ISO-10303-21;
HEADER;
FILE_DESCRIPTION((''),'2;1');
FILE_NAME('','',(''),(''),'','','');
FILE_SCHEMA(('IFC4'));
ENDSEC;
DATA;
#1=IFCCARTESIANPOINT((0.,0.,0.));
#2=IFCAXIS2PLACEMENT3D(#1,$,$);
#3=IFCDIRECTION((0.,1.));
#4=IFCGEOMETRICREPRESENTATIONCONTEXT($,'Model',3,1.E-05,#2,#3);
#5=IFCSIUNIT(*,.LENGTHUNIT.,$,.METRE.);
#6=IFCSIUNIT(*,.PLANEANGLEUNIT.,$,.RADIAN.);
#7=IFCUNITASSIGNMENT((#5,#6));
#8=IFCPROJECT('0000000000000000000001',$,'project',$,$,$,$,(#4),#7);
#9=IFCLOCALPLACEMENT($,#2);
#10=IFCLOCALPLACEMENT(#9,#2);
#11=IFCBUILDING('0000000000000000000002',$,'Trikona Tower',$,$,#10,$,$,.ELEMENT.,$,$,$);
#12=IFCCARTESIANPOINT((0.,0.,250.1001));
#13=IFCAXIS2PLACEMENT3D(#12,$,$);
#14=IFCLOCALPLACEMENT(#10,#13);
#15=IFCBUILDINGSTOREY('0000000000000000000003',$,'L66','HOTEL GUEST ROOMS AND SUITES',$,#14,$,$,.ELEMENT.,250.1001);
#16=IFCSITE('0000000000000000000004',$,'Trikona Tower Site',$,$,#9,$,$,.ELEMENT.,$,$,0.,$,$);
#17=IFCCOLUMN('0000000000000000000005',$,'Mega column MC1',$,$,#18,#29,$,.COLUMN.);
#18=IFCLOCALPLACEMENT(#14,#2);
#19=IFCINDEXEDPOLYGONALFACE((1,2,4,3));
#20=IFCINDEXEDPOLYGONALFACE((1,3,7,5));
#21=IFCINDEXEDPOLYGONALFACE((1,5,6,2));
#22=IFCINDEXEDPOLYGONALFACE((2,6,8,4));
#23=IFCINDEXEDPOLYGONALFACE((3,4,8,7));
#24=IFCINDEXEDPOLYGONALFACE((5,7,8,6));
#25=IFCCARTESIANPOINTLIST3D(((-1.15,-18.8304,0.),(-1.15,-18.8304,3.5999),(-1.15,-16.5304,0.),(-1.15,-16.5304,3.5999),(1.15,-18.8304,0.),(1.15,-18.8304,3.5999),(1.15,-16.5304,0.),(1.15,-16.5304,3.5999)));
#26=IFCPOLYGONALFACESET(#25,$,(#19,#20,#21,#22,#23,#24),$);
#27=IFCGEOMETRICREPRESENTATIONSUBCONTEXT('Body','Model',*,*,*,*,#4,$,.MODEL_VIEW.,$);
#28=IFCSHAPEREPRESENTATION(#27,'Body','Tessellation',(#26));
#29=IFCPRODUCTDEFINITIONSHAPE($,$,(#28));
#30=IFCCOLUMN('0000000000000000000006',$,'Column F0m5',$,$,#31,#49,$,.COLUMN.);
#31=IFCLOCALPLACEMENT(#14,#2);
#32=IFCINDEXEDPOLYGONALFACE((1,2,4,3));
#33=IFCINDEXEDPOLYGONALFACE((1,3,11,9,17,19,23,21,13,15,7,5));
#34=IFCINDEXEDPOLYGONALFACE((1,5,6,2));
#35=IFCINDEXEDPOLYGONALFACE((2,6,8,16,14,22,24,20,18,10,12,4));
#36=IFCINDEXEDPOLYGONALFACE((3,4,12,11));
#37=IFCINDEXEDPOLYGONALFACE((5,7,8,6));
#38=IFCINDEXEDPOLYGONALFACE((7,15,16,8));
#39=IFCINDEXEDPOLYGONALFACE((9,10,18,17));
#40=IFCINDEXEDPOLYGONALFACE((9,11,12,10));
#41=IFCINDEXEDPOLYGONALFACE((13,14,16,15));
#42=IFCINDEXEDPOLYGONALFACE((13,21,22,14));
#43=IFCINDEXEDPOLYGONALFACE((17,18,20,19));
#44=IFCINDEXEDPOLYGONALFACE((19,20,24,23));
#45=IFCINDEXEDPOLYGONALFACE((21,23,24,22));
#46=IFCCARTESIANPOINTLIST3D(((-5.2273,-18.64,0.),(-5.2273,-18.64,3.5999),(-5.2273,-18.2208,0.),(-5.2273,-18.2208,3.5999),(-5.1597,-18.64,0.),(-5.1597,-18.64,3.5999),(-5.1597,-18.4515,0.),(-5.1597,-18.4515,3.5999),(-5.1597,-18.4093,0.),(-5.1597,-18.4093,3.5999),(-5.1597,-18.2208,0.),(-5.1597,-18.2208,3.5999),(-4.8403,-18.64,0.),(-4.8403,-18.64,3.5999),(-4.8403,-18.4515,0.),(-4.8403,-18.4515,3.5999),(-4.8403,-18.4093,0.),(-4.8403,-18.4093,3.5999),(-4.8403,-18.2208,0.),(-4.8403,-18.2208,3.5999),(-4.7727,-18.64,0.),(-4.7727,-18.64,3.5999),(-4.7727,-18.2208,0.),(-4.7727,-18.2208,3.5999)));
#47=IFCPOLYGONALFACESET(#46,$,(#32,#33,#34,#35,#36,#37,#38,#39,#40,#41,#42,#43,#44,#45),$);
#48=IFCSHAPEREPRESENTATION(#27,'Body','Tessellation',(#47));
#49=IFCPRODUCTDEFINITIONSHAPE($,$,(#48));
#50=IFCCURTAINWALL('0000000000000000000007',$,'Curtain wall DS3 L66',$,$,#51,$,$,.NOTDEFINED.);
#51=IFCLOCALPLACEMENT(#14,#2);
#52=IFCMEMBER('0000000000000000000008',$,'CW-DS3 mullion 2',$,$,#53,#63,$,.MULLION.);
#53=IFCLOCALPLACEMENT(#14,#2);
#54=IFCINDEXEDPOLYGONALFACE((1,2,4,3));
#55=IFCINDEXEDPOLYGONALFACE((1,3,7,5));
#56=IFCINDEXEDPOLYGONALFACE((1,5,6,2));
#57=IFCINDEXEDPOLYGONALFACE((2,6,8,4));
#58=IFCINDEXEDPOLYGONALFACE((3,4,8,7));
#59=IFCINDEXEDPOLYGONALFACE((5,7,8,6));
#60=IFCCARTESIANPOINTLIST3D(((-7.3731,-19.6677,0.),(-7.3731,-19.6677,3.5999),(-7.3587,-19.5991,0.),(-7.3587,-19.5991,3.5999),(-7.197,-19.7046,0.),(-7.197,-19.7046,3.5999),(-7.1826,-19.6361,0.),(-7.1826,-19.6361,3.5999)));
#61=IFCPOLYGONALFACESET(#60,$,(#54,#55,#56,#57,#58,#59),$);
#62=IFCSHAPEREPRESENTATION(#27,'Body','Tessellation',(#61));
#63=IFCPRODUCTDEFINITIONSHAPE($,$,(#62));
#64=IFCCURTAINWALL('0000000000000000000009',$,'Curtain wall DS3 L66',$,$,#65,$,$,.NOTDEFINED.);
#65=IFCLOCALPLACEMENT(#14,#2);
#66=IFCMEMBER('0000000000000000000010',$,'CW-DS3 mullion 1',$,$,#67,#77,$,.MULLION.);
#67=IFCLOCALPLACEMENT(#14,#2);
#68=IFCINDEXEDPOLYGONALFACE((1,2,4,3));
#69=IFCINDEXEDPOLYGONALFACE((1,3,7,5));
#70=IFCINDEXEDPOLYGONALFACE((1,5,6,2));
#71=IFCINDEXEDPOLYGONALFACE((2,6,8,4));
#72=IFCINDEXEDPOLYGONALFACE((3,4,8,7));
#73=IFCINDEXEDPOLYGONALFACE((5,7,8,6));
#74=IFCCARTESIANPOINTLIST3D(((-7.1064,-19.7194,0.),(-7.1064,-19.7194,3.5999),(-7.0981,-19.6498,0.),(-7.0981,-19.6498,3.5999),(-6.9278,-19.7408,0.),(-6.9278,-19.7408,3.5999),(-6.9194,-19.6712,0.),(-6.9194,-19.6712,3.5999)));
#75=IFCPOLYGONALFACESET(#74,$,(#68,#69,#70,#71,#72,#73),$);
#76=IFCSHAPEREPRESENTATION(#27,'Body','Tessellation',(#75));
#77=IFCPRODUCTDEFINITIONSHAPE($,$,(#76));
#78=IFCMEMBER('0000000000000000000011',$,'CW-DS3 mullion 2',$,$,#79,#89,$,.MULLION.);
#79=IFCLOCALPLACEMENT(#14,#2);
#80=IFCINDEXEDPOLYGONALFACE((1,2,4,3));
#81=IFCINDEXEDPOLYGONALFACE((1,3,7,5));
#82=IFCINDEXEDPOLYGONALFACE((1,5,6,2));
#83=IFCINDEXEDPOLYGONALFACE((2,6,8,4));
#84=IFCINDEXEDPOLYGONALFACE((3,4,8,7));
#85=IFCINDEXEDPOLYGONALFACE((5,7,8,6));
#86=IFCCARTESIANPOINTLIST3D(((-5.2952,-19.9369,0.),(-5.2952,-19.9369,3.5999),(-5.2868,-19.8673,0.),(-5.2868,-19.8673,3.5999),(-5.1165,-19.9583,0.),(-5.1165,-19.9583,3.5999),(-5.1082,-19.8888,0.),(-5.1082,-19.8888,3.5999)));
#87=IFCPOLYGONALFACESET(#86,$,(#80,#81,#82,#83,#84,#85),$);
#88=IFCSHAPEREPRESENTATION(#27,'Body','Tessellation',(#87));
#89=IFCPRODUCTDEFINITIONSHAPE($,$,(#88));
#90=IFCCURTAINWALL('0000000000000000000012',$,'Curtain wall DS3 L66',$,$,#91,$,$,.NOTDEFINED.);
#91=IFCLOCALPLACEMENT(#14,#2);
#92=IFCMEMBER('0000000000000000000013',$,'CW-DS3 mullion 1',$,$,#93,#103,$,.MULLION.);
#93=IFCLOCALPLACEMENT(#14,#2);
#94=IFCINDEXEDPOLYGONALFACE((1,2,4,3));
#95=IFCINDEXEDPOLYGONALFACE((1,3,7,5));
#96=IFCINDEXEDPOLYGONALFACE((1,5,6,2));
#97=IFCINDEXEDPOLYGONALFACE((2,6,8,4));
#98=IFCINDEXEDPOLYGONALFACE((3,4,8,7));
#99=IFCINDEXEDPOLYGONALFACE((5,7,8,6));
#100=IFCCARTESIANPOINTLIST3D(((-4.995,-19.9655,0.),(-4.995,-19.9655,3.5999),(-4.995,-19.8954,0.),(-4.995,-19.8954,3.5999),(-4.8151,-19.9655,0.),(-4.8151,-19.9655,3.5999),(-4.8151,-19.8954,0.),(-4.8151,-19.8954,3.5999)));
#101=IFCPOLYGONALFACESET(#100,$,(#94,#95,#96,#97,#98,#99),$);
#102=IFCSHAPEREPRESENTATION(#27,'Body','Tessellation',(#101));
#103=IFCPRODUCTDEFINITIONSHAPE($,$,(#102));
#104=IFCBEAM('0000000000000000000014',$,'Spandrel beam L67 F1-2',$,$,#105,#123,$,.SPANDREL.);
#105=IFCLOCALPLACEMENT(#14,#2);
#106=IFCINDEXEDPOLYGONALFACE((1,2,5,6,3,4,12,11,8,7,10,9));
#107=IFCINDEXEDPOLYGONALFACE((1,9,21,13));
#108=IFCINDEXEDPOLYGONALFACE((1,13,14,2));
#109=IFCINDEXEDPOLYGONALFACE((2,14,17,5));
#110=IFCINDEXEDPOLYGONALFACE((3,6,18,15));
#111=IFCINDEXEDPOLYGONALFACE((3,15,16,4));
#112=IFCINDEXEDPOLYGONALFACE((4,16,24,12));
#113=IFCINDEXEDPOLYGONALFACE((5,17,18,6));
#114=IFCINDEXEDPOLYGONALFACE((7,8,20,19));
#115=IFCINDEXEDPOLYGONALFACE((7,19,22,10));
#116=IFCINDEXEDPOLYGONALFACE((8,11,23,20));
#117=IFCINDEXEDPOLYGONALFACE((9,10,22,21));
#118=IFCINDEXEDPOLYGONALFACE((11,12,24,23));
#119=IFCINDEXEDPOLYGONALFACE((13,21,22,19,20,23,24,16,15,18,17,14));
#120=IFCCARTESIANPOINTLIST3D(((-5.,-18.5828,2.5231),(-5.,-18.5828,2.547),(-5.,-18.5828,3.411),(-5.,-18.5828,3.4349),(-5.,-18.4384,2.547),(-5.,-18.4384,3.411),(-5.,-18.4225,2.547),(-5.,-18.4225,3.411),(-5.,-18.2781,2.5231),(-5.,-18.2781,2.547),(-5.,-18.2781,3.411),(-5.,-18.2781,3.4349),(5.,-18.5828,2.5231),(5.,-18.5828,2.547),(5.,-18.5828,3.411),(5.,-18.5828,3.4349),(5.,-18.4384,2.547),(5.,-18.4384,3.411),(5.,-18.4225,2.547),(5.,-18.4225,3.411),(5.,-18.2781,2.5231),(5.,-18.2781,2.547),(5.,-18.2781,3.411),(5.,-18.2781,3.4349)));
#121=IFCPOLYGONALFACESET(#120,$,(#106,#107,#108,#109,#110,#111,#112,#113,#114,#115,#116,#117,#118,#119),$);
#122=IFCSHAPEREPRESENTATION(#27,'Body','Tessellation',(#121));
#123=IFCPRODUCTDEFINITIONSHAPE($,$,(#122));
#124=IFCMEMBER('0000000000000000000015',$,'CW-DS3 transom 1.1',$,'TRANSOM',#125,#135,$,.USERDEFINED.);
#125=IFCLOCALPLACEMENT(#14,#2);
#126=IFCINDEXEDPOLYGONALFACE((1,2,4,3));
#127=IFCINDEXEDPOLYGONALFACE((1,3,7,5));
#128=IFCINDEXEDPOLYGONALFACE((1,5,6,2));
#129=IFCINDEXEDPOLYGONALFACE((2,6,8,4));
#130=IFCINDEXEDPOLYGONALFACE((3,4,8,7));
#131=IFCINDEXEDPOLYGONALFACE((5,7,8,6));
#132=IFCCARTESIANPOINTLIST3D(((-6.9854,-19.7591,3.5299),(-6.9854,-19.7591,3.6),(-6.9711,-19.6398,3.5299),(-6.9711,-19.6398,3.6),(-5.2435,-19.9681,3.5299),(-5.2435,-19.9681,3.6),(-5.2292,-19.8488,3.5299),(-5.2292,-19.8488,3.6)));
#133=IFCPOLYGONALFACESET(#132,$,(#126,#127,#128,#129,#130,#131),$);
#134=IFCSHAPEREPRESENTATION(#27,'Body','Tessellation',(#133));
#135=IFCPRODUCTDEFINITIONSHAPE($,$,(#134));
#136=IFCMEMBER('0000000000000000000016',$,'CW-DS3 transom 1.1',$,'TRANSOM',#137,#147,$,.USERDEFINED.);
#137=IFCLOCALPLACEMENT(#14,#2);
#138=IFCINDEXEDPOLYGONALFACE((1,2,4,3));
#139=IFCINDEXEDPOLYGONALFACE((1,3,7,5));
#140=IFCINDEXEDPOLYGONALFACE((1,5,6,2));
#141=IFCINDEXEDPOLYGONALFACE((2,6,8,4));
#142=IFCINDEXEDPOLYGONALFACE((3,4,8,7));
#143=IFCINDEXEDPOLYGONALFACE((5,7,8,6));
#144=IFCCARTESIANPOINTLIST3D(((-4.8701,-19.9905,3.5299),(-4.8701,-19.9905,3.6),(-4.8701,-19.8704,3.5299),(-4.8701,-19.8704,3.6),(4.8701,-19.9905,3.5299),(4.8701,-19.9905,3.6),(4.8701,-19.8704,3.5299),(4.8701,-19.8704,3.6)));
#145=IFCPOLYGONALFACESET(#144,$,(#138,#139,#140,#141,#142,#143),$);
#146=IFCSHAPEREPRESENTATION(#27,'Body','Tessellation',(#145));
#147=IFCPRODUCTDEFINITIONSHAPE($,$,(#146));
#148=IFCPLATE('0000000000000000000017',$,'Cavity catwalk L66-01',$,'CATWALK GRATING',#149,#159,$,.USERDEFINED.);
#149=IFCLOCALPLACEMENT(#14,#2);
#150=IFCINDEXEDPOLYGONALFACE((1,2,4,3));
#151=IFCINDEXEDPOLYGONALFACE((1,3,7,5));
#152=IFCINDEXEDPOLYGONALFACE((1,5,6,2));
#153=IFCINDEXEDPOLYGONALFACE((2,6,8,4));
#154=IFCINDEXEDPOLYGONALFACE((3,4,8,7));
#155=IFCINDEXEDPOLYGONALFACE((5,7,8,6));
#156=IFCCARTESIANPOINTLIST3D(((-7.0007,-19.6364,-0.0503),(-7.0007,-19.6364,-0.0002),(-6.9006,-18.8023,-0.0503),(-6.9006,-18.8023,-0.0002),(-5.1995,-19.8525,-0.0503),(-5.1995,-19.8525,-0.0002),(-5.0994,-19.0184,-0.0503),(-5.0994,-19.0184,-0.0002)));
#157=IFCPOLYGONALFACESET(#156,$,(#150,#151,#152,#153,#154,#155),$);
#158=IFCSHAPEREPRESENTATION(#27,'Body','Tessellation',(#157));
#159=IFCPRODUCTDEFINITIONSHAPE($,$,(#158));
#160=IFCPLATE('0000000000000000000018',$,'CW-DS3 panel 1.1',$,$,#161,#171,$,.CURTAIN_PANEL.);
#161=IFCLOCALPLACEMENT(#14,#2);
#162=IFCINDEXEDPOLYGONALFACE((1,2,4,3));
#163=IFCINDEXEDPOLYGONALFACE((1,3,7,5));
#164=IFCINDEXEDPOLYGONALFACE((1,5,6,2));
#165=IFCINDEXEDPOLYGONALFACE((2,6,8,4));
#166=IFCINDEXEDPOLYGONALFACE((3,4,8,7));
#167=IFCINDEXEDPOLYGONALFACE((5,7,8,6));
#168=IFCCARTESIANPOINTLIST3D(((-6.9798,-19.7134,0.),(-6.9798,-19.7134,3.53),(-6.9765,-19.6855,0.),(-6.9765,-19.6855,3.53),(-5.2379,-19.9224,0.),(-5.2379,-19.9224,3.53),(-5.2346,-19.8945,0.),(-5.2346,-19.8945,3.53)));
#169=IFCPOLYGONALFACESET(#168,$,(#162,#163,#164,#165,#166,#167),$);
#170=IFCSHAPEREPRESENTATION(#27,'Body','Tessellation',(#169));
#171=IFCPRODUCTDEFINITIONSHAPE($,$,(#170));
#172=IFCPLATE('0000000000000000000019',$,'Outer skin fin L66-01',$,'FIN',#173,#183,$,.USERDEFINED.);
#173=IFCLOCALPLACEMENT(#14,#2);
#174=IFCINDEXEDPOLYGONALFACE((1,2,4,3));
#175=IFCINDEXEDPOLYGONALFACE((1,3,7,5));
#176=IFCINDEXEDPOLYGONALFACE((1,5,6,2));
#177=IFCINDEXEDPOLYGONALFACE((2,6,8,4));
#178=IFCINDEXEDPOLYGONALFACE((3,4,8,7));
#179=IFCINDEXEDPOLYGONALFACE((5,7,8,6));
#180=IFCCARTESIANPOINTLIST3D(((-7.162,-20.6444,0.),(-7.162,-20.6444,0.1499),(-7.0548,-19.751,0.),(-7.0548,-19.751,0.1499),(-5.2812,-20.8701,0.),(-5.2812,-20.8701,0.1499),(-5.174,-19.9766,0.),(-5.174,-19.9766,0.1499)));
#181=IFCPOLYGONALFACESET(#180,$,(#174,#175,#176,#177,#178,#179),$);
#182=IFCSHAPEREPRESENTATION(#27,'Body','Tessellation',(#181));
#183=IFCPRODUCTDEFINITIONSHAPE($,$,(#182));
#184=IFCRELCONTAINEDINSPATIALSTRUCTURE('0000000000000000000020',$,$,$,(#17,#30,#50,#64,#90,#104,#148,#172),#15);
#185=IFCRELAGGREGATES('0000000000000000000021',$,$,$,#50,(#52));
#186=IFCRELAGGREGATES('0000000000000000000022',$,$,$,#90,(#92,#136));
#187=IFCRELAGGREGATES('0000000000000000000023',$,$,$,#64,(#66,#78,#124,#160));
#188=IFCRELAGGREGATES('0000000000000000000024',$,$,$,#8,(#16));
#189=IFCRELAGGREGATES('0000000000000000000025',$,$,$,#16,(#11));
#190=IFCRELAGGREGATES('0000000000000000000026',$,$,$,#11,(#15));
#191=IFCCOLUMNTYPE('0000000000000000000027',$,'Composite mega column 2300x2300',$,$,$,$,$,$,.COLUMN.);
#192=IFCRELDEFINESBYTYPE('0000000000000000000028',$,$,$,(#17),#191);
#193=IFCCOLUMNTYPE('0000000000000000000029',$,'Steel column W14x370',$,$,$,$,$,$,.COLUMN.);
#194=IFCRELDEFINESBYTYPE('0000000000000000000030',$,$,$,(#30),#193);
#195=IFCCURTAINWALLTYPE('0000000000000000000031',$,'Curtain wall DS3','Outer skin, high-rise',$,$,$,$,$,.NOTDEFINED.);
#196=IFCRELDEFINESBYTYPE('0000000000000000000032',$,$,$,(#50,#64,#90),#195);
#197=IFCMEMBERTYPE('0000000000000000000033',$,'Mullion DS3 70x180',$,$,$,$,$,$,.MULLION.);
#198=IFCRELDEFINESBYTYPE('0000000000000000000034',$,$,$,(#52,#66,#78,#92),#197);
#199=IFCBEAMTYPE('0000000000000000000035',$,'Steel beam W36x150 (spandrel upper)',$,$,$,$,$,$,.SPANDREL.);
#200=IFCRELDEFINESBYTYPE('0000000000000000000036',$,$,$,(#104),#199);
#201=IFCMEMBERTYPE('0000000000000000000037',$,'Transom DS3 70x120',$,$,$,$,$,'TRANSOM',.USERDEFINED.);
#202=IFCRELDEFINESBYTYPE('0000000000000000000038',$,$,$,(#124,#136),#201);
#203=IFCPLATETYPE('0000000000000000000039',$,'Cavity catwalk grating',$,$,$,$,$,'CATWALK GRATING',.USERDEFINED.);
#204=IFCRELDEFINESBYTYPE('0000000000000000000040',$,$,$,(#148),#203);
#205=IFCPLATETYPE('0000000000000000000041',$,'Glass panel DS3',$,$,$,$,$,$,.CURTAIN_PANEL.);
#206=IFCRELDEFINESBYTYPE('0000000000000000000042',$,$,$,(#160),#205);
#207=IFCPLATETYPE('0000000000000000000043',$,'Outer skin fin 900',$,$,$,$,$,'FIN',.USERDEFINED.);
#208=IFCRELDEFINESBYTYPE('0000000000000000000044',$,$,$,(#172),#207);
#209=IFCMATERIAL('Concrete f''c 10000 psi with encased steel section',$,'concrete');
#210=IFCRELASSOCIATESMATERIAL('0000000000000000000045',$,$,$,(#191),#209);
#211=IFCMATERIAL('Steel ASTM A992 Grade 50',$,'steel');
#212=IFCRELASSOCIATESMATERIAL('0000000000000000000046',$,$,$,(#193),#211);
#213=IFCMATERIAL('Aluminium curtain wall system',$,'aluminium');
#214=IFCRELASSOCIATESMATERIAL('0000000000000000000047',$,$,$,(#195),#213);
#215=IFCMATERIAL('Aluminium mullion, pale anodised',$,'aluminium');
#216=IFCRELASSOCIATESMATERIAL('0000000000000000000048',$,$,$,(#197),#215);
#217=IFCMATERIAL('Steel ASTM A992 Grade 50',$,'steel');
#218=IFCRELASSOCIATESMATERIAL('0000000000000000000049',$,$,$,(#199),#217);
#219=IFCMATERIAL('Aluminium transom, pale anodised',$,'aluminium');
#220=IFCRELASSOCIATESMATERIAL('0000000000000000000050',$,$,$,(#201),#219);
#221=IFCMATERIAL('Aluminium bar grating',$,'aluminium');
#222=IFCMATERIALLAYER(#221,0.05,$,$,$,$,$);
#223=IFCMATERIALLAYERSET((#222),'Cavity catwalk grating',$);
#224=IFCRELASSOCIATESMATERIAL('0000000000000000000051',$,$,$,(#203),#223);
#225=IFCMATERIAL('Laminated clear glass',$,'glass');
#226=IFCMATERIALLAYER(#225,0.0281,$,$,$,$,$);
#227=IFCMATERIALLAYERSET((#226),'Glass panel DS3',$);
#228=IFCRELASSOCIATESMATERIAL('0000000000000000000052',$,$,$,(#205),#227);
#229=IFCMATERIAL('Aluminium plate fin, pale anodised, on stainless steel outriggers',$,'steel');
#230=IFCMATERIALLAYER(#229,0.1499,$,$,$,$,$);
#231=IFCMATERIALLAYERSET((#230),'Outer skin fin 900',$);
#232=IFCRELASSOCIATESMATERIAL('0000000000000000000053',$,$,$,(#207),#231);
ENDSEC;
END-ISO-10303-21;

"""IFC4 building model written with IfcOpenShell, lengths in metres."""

from ifc_helpers import new_model, si_unit, direction, frame, origin, origin_2d, place, context, subcontext, project, spatial, rectangle, i_section, extrude, material, layer, layer_set, material_profile, profile_set, type_object, element, aggregate, save


model = new_model("IFC4")

# Units and contexts
model_context = context("Model", 3, precision=1e-05, world=origin(), true_north=direction((0.0, 1.0)))
body_context = subcontext(model_context, "Body", "Model", "MODEL_VIEW")
ifc_project = project(units=[si_unit("LENGTHUNIT", "METRE"), si_unit("PLANEANGLEUNIT", "RADIAN")], contexts=[model_context])

# Site, building, storey
site_placement = place(None, origin())
site = spatial("IfcSite", under=ifc_project, at=site_placement, Name="Trikona Tower Site", CompositionType="ELEMENT", RefElevation=0.0)
building_placement = place(site_placement, origin())
building = spatial("IfcBuilding", under=site, at=building_placement, Name="Trikona Tower", CompositionType="ELEMENT")
storey_placement = place(building_placement, frame((0.0, 0.0, 250.1001)))
storey = spatial("IfcBuildingStorey", under=building, at=storey_placement, Name="L66", Description="HOTEL GUEST ROOMS AND SUITES", CompositionType="ELEMENT", Elevation=250.1001)

# Columns
ifc_material_1 = material(Name="Concrete f'c 10000 psi with encased steel section", Category="concrete")
ifc_material_profile_1 = material_profile(ifc_material_1, rectangle(XDim=2.3, YDim=2.3, at=origin_2d()), Name="MC2300")
ifc_profile_set_1 = profile_set([ifc_material_profile_1], Name="Concrete f'c 10000 psi with encased steel section")
column_type_1 = type_object("IfcColumnType", Name="Composite mega column 2300x2300", PredefinedType="COLUMN", material=ifc_profile_set_1)
column_1_placement = place(storey_placement, frame((0.0, -17.6804, 0.0), z_axis=(0.0, 0.0, 1.0), x_axis=(0.0, -1.0, 0.0)))
element("IfcColumn", 1, at=column_1_placement, inside=storey, type_object=column_type_1, Name="Mega column MC1", PredefinedType="COLUMN", context=body_context, shape_type="SweptSolid", body=[
    extrude(rectangle(XDim=2.3, YDim=2.3, at=origin_2d()), origin(), (0.0, 0.0, 1.0), 3.5999),
])
ifc_material_2 = material(Name="Steel ASTM A992 Grade 50", Category="steel")
ifc_material_profile_2 = material_profile(ifc_material_2, i_section(OverallWidth=0.4192, OverallDepth=0.4546, WebThickness=0.0422, FlangeThickness=0.0676, at=origin_2d()), Name="W14X370")
ifc_profile_set_2 = profile_set([ifc_material_profile_2], Name="Steel ASTM A992 Grade 50")
column_type_2 = type_object("IfcColumnType", Name="Steel column W14x370", PredefinedType="COLUMN", material=ifc_profile_set_2)
column_2_placement = place(storey_placement, frame((-5.0, -18.4304, 0.0), z_axis=(0.0, 0.0, 1.0), x_axis=(0.0, -1.0, 0.0)))
element("IfcColumn", 2, at=column_2_placement, inside=storey, type_object=column_type_2, Name="Column F0m5", PredefinedType="COLUMN", context=body_context, shape_type="SweptSolid", body=[
    extrude(i_section(OverallWidth=0.4192, OverallDepth=0.4546, WebThickness=0.0422, FlangeThickness=0.0676, at=origin_2d()), origin(), (0.0, 0.0, 1.0), 3.5999),
])

# Curtain wall, member
ifc_material_3 = material(Name="Aluminium curtain wall system", Category="aluminium")
curtain_wall_type = type_object("IfcCurtainWallType", Name="Curtain wall DS3", Description="Outer skin, high-rise", PredefinedType="NOTDEFINED", material=ifc_material_3)
curtain_wall_1_placement = place(storey_placement, origin())
curtain_wall_1 = element("IfcCurtainWall", 3, at=curtain_wall_1_placement, inside=storey, type_object=curtain_wall_type, Name="Curtain wall DS3 L66", PredefinedType="NOTDEFINED")
ifc_material_4 = material(Name="Aluminium mullion, pale anodised", Category="aluminium")
ifc_material_profile_3 = material_profile(ifc_material_4, rectangle(XDim=0.0701, YDim=0.1799, at=origin_2d()), Name="MUL-DS3")
ifc_profile_set_3 = profile_set([ifc_material_profile_3], Name="Aluminium mullion, pale anodised")
member_type_1 = type_object("IfcMemberType", Name="Mullion DS3 70x180", PredefinedType="MULLION", material=ifc_profile_set_3)
member_1_placement = place(storey_placement, frame((-7.2778, -19.6519, 0.0), z_axis=(0.0, 0.0, 1.0), x_axis=(0.205527, 0.978651, 0.0)))
member_1 = element("IfcMember", 4, at=member_1_placement, type_object=member_type_1, Name="CW-DS3 mullion 2", PredefinedType="MULLION", context=body_context, shape_type="SweptSolid", body=[
    extrude(rectangle(XDim=0.0701, YDim=0.1799, at=origin_2d()), origin(), (0.0, 0.0, 1.0), 3.5999),
])
aggregate(curtain_wall_1, [member_1])

# Curtain wall, members
curtain_wall_2_placement = place(storey_placement, origin())
curtain_wall_2 = element("IfcCurtainWall", 5, at=curtain_wall_2_placement, inside=storey, type_object=curtain_wall_type, Name="Curtain wall DS3 L66", PredefinedType="NOTDEFINED")
member_2_placement = place(storey_placement, frame((-7.0129, -19.6953, 0.0), z_axis=(0.0, 0.0, 1.0), x_axis=(0.119141, 0.992877, 0.0)))
member_2 = element("IfcMember", 6, at=member_2_placement, type_object=member_type_1, Name="CW-DS3 mullion 1", PredefinedType="MULLION", context=body_context, shape_type="SweptSolid", body=[
    extrude(rectangle(XDim=0.0701, YDim=0.1799, at=origin_2d()), origin(), (0.0, 0.0, 1.0), 3.5999),
])
member_3_placement = place(storey_placement, frame((-5.2017, -19.9128, 0.0), z_axis=(0.0, 0.0, 1.0), x_axis=(0.119141, 0.992877, 0.0)))
member_3 = element("IfcMember", 7, at=member_3_placement, type_object=member_type_1, Name="CW-DS3 mullion 2", PredefinedType="MULLION", context=body_context, shape_type="SweptSolid", body=[
    extrude(rectangle(XDim=0.0701, YDim=0.1799, at=origin_2d()), origin(), (0.0, 0.0, 1.0), 3.5999),
])

# Curtain wall, member
curtain_wall_3_placement = place(storey_placement, origin())
curtain_wall_3 = element("IfcCurtainWall", 8, at=curtain_wall_3_placement, inside=storey, type_object=curtain_wall_type, Name="Curtain wall DS3 L66", PredefinedType="NOTDEFINED")
member_4_placement = place(storey_placement, frame((-4.905, -19.9304, 0.0), z_axis=(0.0, 0.0, 1.0), x_axis=(0.0, 1.0, 0.0)))
member_4 = element("IfcMember", 9, at=member_4_placement, type_object=member_type_1, Name="CW-DS3 mullion 1", PredefinedType="MULLION", context=body_context, shape_type="SweptSolid", body=[
    extrude(rectangle(XDim=0.0701, YDim=0.1799, at=origin_2d()), origin(), (0.0, 0.0, 1.0), 3.5999),
])

# Beam
ifc_material_5 = material(Name="Steel ASTM A992 Grade 50", Category="steel")
ifc_material_profile_4 = material_profile(ifc_material_5, i_section(OverallWidth=0.3047, OverallDepth=0.9119, WebThickness=0.0159, FlangeThickness=0.0239, at=origin_2d()), Name="W36X150")
ifc_profile_set_4 = profile_set([ifc_material_profile_4], Name="Steel ASTM A992 Grade 50")
beam_type = type_object("IfcBeamType", Name="Steel beam W36x150 (spandrel upper)", PredefinedType="SPANDREL", material=ifc_profile_set_4)
beam_placement = place(storey_placement, frame((-5.0, -18.4304, 2.979), z_axis=(1.0, 0.0, 0.0), x_axis=(0.0, 1.0, 0.0)))
element("IfcBeam", 10, at=beam_placement, inside=storey, type_object=beam_type, Name="Spandrel beam L67 F1-2", PredefinedType="SPANDREL", context=body_context, shape_type="SweptSolid", body=[
    extrude(i_section(OverallWidth=0.3047, OverallDepth=0.9119, WebThickness=0.0159, FlangeThickness=0.0239, at=origin_2d()), origin(), (0.0, 0.0, 1.0), 10.0),
])

# Members
ifc_material_6 = material(Name="Aluminium transom, pale anodised", Category="aluminium")
ifc_material_profile_5 = material_profile(ifc_material_6, rectangle(XDim=0.1201, YDim=0.0701, at=origin_2d()), Name="TRN-DS3")
ifc_profile_set_5 = profile_set([ifc_material_profile_5], Name="Aluminium transom, pale anodised")
member_type_2 = type_object("IfcMemberType", Name="Transom DS3 70x120", ElementType="TRANSOM", PredefinedType="USERDEFINED", material=ifc_profile_set_5)
member_5_placement = place(storey_placement, frame((-6.9783, -19.6995, 3.5649), z_axis=(0.99288, -0.119118, 0.0), x_axis=(0.119118, 0.99288, 0.0)))
member_5 = element("IfcMember", 11, at=member_5_placement, type_object=member_type_2, Name="CW-DS3 transom 1.1", ObjectType="TRANSOM", PredefinedType="USERDEFINED", context=body_context, shape_type="SweptSolid", body=[
    extrude(rectangle(XDim=0.1201, YDim=0.0701, at=origin_2d()), origin(), (0.0, 0.0, 1.0), 1.7544),
])
member_6_placement = place(storey_placement, frame((-4.8701, -19.9304, 3.5649), z_axis=(1.0, 0.0, 0.0), x_axis=(0.0, 1.0, 0.0)))
member_6 = element("IfcMember", 12, at=member_6_placement, type_object=member_type_2, Name="CW-DS3 transom 1.1", ObjectType="TRANSOM", PredefinedType="USERDEFINED", context=body_context, shape_type="SweptSolid", body=[
    extrude(rectangle(XDim=0.1201, YDim=0.0701, at=origin_2d()), origin(), (0.0, 0.0, 1.0), 9.7402),
])
aggregate(curtain_wall_3, [member_4, member_6])

# Plates
ifc_material_7 = material(Name="Aluminium bar grating", Category="aluminium")
ifc_layer_1 = layer(ifc_material_7, 0.05)
ifc_layer_set_1 = layer_set([ifc_layer_1], Name="Cavity catwalk grating")
plate_type_1 = type_object("IfcPlateType", Name="Cavity catwalk grating", ElementType="CATWALK GRATING", PredefinedType="USERDEFINED", material=ifc_layer_set_1)
plate_1_placement = place(storey_placement, frame((-6.05, -19.3274, -0.0503), z_axis=(0.0, 0.0, 1.0), x_axis=(0.992877, -0.119146, 0.0)))
element("IfcPlate", 13, at=plate_1_placement, inside=storey, type_object=plate_type_1, Name="Cavity catwalk L66-01", ObjectType="CATWALK GRATING", PredefinedType="USERDEFINED", context=body_context, shape_type="SweptSolid", body=[
    extrude(rectangle(XDim=1.8142, YDim=0.8401, at=origin_2d()), origin(), (0.0, 0.0, 1.0), 0.05),
])
ifc_material_8 = material(Name="Laminated clear glass", Category="glass")
ifc_layer_2 = layer(ifc_material_8, 0.0281)
ifc_layer_set_2 = layer_set([ifc_layer_2], Name="Glass panel DS3")
plate_type_2 = type_object("IfcPlateType", Name="Glass panel DS3", PredefinedType="CURTAIN_PANEL", material=ifc_layer_set_2)
plate_2_placement = place(storey_placement, frame((-6.1072, -19.804, 0.0), z_axis=(0.0, 0.0, 1.0), x_axis=(0.992877, -0.119141, 0.0)))
plate_2 = element("IfcPlate", 14, at=plate_2_placement, type_object=plate_type_2, Name="CW-DS3 panel 1.1", PredefinedType="CURTAIN_PANEL", context=body_context, shape_type="SweptSolid", body=[
    extrude(rectangle(XDim=1.7544, YDim=0.0281, at=origin_2d()), origin(), (0.0, 0.0, 1.0), 3.53),
])
aggregate(curtain_wall_2, [member_2, member_3, member_5, plate_2])
ifc_material_9 = material(Name="Aluminium plate fin, pale anodised, on stainless steel outriggers", Category="steel")
ifc_layer_3 = layer(ifc_material_9, 0.1499)
ifc_layer_set_3 = layer_set([ifc_layer_3], Name="Outer skin fin 900")
plate_type_3 = type_object("IfcPlateType", Name="Outer skin fin 900", ElementType="FIN", PredefinedType="USERDEFINED", material=ifc_layer_set_3)
plate_3_placement = place(storey_placement, frame((-6.168, -20.3105, 0.0), z_axis=(0.0, 0.0, 1.0), x_axis=(0.992877, -0.119146, 0.0)))
element("IfcPlate", 15, at=plate_3_placement, inside=storey, type_object=plate_type_3, Name="Outer skin fin L66-01", ObjectType="FIN", PredefinedType="USERDEFINED", context=body_context, shape_type="SweptSolid", body=[
    extrude(rectangle(XDim=1.8943, YDim=0.8999, at=origin_2d()), origin(), (0.0, 0.0, 1.0), 0.1499),
])

save(model, "model.ifc")
